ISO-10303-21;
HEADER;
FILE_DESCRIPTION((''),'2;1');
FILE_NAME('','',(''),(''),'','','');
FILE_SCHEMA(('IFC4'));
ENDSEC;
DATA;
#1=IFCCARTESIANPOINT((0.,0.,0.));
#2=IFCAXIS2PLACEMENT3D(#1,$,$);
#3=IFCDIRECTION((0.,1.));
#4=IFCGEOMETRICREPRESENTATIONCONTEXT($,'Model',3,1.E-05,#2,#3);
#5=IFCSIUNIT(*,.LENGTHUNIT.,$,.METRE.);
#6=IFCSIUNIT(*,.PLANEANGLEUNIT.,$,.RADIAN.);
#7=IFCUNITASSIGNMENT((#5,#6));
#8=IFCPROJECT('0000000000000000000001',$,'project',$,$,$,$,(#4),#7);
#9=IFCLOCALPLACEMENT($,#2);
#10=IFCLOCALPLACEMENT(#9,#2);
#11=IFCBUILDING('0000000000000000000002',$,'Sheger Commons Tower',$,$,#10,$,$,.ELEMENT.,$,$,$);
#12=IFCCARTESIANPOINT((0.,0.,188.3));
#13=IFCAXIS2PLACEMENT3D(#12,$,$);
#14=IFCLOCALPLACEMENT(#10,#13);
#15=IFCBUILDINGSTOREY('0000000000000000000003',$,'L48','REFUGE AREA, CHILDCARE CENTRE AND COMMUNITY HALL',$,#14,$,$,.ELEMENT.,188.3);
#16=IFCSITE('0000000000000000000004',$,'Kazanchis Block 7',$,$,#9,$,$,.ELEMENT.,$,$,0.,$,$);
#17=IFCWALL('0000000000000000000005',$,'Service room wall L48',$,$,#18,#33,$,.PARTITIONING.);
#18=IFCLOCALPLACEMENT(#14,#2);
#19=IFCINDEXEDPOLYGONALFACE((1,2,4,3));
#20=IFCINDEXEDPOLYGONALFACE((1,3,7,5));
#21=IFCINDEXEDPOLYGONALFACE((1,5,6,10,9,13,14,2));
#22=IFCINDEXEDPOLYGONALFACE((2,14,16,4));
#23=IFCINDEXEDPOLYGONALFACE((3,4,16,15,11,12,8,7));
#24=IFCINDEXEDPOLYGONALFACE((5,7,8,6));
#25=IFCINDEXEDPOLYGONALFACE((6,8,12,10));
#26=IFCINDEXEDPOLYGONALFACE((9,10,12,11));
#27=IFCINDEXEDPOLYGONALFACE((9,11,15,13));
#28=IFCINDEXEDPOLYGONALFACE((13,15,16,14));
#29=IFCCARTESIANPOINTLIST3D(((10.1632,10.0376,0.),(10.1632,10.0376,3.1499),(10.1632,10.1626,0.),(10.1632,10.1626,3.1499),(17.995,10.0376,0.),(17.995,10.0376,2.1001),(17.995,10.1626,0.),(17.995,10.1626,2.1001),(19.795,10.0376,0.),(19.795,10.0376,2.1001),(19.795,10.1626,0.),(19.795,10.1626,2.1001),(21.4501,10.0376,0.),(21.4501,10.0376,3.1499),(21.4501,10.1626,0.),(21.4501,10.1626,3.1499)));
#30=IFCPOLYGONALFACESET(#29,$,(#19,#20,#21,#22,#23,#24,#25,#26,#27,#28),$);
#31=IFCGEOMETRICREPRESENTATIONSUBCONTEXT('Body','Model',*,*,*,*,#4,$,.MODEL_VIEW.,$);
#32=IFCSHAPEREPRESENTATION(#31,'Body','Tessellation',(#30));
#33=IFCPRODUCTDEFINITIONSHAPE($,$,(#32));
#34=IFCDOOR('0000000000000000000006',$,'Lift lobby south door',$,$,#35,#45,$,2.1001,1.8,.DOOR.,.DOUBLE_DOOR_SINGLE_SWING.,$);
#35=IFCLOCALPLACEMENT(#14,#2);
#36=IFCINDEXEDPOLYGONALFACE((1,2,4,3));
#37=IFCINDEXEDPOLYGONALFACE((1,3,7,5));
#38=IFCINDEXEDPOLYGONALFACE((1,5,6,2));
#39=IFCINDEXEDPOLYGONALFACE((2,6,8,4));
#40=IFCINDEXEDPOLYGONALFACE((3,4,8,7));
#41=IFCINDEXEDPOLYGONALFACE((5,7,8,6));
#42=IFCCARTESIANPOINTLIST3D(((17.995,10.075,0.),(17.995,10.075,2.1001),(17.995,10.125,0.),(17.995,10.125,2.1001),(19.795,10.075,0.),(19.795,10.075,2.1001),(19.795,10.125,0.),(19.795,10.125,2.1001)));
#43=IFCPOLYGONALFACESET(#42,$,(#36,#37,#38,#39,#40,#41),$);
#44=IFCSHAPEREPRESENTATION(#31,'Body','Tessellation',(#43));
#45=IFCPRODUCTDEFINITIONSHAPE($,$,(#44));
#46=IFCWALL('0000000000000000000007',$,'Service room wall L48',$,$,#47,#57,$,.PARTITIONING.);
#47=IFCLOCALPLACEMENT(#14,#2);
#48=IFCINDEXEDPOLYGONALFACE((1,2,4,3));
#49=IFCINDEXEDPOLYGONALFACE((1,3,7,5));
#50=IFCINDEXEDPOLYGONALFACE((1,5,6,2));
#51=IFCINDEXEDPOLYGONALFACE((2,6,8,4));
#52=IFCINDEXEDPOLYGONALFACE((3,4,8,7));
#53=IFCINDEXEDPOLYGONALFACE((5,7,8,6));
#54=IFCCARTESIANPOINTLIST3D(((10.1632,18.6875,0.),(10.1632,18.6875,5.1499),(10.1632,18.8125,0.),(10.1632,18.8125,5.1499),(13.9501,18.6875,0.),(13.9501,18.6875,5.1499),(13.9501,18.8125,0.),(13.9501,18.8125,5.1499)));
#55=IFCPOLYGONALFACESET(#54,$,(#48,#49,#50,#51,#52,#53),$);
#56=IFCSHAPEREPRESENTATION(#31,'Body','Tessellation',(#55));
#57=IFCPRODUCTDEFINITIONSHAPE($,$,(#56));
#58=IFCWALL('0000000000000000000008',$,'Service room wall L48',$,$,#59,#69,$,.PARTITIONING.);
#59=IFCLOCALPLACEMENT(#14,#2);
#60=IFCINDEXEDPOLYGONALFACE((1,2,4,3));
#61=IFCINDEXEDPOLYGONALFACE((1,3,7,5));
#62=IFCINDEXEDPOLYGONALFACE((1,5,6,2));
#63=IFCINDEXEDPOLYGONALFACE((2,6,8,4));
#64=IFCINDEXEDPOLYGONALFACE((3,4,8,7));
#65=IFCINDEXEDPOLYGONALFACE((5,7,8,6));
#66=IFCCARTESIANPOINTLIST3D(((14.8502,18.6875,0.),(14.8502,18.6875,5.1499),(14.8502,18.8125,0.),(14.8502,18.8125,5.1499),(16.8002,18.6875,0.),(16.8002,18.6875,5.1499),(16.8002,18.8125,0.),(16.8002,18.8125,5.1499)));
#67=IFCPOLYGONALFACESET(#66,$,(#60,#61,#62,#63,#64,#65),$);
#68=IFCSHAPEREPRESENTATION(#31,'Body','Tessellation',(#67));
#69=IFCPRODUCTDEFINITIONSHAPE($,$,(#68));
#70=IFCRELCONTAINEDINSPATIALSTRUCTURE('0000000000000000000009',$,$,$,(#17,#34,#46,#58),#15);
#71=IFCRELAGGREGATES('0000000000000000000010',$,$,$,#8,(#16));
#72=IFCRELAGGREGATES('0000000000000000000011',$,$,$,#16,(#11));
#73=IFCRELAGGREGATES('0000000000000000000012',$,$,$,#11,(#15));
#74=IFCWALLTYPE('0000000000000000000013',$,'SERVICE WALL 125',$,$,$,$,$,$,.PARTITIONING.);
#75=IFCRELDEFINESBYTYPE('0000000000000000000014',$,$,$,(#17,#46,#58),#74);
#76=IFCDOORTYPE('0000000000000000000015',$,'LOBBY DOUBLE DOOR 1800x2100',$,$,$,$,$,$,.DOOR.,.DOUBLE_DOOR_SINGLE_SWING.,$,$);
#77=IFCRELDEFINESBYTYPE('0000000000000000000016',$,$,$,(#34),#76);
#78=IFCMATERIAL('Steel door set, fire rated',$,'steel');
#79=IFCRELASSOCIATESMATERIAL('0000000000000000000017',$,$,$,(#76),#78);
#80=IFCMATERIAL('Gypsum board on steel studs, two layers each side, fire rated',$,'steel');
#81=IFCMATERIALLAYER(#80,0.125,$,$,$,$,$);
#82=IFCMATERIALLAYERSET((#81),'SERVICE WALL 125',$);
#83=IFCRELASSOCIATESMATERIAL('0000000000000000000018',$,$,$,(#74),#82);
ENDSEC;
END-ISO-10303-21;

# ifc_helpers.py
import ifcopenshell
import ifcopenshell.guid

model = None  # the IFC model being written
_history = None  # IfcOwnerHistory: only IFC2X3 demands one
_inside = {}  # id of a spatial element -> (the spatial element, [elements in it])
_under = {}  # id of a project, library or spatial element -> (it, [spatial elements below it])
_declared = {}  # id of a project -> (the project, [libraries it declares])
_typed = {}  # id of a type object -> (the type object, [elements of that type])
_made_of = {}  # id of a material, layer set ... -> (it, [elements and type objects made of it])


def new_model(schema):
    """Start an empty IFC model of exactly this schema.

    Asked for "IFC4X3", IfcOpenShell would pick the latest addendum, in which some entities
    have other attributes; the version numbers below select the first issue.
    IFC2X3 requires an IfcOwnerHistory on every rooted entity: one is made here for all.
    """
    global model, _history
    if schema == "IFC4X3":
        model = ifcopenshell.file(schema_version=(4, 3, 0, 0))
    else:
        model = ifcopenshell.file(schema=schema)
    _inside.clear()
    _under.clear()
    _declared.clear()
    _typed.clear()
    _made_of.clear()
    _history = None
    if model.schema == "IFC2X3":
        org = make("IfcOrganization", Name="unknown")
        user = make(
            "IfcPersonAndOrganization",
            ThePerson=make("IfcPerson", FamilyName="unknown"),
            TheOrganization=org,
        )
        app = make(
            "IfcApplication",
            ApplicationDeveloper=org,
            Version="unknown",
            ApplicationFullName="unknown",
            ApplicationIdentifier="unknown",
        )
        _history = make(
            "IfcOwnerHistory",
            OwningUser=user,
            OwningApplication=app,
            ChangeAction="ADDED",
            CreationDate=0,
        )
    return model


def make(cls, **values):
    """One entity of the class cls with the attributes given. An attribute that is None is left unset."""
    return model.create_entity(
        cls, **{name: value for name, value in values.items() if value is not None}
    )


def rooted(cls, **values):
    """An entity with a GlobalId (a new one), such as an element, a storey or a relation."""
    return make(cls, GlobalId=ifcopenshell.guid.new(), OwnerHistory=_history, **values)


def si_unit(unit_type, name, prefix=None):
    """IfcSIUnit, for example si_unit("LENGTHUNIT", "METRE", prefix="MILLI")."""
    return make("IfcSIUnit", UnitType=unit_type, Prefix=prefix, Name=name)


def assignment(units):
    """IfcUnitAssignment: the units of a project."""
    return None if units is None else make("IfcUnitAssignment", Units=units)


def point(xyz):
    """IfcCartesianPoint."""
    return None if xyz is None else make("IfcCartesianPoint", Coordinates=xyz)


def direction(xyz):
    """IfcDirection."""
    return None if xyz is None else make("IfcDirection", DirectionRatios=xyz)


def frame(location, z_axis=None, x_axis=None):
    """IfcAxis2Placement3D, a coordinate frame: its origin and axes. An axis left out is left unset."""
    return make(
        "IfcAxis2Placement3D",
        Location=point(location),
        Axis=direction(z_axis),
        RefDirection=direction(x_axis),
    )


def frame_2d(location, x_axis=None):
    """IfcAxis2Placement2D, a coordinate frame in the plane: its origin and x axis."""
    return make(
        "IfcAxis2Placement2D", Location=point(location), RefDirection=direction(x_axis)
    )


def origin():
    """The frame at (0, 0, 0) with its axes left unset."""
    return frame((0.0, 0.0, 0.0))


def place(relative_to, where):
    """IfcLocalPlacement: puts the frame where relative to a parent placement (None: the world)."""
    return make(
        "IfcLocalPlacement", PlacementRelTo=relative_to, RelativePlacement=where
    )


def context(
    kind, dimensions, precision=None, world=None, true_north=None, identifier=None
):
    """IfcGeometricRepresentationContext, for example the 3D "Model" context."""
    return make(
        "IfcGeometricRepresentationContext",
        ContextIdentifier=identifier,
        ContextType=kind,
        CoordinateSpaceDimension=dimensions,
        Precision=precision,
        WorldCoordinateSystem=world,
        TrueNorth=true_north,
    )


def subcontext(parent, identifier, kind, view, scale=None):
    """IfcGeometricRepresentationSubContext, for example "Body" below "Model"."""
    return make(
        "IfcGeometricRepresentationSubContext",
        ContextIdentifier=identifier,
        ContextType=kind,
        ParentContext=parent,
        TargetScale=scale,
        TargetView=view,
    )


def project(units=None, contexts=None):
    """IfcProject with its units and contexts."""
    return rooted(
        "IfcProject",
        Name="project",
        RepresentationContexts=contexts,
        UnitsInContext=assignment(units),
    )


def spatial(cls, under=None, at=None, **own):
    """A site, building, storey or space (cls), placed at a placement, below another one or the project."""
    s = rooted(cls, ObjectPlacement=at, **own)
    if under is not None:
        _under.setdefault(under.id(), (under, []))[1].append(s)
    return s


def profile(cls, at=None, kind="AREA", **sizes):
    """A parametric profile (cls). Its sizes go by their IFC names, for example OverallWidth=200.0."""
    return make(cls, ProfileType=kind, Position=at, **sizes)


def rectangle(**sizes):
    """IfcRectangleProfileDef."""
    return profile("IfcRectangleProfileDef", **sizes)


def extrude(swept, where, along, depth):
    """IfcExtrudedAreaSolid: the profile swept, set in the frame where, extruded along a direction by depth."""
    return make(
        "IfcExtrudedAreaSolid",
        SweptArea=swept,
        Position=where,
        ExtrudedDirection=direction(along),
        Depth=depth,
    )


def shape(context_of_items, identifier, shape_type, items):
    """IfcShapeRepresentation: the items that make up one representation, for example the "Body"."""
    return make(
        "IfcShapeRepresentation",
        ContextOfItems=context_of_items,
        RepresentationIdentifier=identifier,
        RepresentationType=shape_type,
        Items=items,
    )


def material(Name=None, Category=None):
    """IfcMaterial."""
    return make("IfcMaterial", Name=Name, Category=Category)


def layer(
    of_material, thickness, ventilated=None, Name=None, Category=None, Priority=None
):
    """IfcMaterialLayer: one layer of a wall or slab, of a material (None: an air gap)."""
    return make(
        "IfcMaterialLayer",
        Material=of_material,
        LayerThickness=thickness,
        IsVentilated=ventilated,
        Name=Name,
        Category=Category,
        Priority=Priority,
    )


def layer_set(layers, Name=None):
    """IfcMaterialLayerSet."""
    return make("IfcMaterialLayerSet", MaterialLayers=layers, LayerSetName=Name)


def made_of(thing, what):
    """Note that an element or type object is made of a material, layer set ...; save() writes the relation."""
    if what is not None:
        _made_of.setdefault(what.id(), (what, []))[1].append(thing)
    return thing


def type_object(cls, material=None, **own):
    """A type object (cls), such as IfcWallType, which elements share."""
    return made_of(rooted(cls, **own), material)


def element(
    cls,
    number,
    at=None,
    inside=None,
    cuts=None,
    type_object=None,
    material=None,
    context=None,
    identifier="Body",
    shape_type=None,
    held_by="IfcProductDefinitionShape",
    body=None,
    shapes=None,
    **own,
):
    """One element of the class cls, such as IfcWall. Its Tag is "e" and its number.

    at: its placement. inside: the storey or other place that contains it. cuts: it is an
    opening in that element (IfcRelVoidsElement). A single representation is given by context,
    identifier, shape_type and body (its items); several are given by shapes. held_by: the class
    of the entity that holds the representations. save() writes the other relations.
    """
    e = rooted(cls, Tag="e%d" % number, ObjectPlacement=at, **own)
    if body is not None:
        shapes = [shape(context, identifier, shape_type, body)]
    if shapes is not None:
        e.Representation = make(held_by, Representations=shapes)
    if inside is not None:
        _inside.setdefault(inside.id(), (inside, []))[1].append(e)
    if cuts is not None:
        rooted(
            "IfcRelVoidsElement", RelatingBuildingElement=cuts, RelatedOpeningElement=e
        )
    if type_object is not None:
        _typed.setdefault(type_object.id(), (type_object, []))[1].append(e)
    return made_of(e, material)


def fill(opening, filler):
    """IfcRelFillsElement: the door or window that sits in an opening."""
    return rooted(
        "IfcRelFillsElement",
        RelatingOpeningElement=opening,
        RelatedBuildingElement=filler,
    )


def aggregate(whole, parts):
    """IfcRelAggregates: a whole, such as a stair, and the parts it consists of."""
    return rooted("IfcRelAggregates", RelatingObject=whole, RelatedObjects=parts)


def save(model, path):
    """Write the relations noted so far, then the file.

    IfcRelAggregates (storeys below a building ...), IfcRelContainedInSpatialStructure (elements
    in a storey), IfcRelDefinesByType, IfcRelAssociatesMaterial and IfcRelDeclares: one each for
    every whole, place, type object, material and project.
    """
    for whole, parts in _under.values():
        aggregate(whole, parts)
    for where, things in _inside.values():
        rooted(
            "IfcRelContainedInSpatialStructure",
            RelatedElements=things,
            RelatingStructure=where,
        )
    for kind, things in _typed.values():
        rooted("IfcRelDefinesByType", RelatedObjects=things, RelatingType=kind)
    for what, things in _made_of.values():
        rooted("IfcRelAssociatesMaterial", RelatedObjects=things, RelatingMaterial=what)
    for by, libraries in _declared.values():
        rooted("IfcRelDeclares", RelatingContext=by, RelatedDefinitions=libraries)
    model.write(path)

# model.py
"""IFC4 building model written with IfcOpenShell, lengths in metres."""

from ifc_helpers import new_model, si_unit, direction, frame, frame_2d, origin, place, context, subcontext, project, spatial, rectangle, extrude, material, layer, layer_set, type_object, element, fill, save


model = new_model("IFC4")

# Units and contexts
model_context = context("Model", 3, precision=1e-05, world=origin(), true_north=direction((0.0, 1.0)))
body_context = subcontext(model_context, "Body", "Model", "MODEL_VIEW")
ifc_project = project(units=[si_unit("LENGTHUNIT", "METRE"), si_unit("PLANEANGLEUNIT", "RADIAN")], contexts=[model_context])

# Site, building, storey
site_placement = place(None, origin())
site = spatial("IfcSite", under=ifc_project, at=site_placement, Name="Kazanchis Block 7", CompositionType="ELEMENT", RefElevation=0.0)
building_placement = place(site_placement, origin())
building = spatial("IfcBuilding", under=site, at=building_placement, Name="Sheger Commons Tower", CompositionType="ELEMENT")
storey_placement = place(building_placement, frame((0.0, 0.0, 188.3)))
storey = spatial("IfcBuildingStorey", under=building, at=storey_placement, Name="L48", Description="REFUGE AREA, CHILDCARE CENTRE AND COMMUNITY HALL", CompositionType="ELEMENT", Elevation=188.3)

# Shared definitions
ifc_material_1 = material(Name="Steel door set, fire rated", Category="steel")
door_type_1 = type_object("IfcDoorType", Name="LOBBY DOUBLE DOOR 1800x2100", OperationType="DOUBLE_DOOR_SINGLE_SWING", PredefinedType="DOOR", material=ifc_material_1)

# Shared definitions
ifc_material_2 = material(Name="Gypsum board on steel studs, two layers each side, fire rated", Category="steel")
ifc_layer_1 = layer(ifc_material_2, 0.125)
ifc_layer_set_1 = layer_set([ifc_layer_1], Name="SERVICE WALL 125")
wall_type_1 = type_object("IfcWallType", Name="SERVICE WALL 125", PredefinedType="PARTITIONING", material=ifc_layer_set_1)

# Wall, opening, door
wall_1_placement = place(storey_placement, frame((10.1631, 10.1001, 0.0), z_axis=(0.0, 0.0, 1.0), x_axis=(1.0, 0.0, 0.0)))
wall_1 = element("IfcWall", 1, at=wall_1_placement, inside=storey, type_object=wall_type_1, Name="Service room wall L48", PredefinedType="PARTITIONING", context=body_context, shape_type="SweptSolid", body=[
    extrude(rectangle(XDim=11.2869, YDim=0.125, at=frame_2d((5.6436, 0.0))), origin(), (0.0, 0.0, 1.0), 3.1499),
])
opening_1_placement = place(wall_1_placement, frame((7.832, 0.0, 0.0)))
opening_1 = element("IfcOpeningElement", 2, at=opening_1_placement, cuts=wall_1, PredefinedType="OPENING", context=body_context, shape_type="SweptSolid", body=[
    extrude(rectangle(XDim=1.8, YDim=2.1001, at=frame_2d((0.8999, 1.05))), frame((0.0, 0.0725, 0.0), z_axis=(0.0, -1.0, 0.0), x_axis=(1.0, 0.0, 0.0)), (0.0, 0.0, 1.0), 0.145),
])
door_1_placement = place(opening_1_placement, origin())
door_1 = element("IfcDoor", 3, at=door_1_placement, inside=storey, type_object=door_type_1, Name="Lift lobby south door", OperationType="DOUBLE_DOOR_SINGLE_SWING", OverallHeight=2.1001, OverallWidth=1.8, PredefinedType="DOOR", context=body_context, shape_type="SweptSolid", body=[
    extrude(rectangle(XDim=1.8, YDim=2.1001, at=frame_2d((0.8999, 1.05))), frame((0.0, 0.0249, 0.0), z_axis=(0.0, -1.0, 0.0), x_axis=(1.0, 0.0, 0.0)), (0.0, 0.0, 1.0), 0.05),
])
fill(opening_1, door_1)

# Walls
wall_2_placement = place(storey_placement, frame((10.1631, 18.75, 0.0), z_axis=(0.0, 0.0, 1.0), x_axis=(1.0, 0.0, 0.0)))
element("IfcWall", 4, at=wall_2_placement, inside=storey, type_object=wall_type_1, Name="Service room wall L48", PredefinedType="PARTITIONING", context=body_context, shape_type="SweptSolid", body=[
    extrude(rectangle(XDim=3.7869, YDim=0.125, at=frame_2d((1.8936, 0.0))), origin(), (0.0, 0.0, 1.0), 5.1499),
])
wall_3_placement = place(storey_placement, frame((14.8501, 18.75, 0.0), z_axis=(0.0, 0.0, 1.0), x_axis=(1.0, 0.0, 0.0)))
element("IfcWall", 5, at=wall_3_placement, inside=storey, type_object=wall_type_1, Name="Service room wall L48", PredefinedType="PARTITIONING", context=body_context, shape_type="SweptSolid", body=[
    extrude(rectangle(XDim=1.95, YDim=0.125, at=frame_2d((0.9751, 0.0))), origin(), (0.0, 0.0, 1.0), 5.1499),
])

save(model, "model.ifc")
